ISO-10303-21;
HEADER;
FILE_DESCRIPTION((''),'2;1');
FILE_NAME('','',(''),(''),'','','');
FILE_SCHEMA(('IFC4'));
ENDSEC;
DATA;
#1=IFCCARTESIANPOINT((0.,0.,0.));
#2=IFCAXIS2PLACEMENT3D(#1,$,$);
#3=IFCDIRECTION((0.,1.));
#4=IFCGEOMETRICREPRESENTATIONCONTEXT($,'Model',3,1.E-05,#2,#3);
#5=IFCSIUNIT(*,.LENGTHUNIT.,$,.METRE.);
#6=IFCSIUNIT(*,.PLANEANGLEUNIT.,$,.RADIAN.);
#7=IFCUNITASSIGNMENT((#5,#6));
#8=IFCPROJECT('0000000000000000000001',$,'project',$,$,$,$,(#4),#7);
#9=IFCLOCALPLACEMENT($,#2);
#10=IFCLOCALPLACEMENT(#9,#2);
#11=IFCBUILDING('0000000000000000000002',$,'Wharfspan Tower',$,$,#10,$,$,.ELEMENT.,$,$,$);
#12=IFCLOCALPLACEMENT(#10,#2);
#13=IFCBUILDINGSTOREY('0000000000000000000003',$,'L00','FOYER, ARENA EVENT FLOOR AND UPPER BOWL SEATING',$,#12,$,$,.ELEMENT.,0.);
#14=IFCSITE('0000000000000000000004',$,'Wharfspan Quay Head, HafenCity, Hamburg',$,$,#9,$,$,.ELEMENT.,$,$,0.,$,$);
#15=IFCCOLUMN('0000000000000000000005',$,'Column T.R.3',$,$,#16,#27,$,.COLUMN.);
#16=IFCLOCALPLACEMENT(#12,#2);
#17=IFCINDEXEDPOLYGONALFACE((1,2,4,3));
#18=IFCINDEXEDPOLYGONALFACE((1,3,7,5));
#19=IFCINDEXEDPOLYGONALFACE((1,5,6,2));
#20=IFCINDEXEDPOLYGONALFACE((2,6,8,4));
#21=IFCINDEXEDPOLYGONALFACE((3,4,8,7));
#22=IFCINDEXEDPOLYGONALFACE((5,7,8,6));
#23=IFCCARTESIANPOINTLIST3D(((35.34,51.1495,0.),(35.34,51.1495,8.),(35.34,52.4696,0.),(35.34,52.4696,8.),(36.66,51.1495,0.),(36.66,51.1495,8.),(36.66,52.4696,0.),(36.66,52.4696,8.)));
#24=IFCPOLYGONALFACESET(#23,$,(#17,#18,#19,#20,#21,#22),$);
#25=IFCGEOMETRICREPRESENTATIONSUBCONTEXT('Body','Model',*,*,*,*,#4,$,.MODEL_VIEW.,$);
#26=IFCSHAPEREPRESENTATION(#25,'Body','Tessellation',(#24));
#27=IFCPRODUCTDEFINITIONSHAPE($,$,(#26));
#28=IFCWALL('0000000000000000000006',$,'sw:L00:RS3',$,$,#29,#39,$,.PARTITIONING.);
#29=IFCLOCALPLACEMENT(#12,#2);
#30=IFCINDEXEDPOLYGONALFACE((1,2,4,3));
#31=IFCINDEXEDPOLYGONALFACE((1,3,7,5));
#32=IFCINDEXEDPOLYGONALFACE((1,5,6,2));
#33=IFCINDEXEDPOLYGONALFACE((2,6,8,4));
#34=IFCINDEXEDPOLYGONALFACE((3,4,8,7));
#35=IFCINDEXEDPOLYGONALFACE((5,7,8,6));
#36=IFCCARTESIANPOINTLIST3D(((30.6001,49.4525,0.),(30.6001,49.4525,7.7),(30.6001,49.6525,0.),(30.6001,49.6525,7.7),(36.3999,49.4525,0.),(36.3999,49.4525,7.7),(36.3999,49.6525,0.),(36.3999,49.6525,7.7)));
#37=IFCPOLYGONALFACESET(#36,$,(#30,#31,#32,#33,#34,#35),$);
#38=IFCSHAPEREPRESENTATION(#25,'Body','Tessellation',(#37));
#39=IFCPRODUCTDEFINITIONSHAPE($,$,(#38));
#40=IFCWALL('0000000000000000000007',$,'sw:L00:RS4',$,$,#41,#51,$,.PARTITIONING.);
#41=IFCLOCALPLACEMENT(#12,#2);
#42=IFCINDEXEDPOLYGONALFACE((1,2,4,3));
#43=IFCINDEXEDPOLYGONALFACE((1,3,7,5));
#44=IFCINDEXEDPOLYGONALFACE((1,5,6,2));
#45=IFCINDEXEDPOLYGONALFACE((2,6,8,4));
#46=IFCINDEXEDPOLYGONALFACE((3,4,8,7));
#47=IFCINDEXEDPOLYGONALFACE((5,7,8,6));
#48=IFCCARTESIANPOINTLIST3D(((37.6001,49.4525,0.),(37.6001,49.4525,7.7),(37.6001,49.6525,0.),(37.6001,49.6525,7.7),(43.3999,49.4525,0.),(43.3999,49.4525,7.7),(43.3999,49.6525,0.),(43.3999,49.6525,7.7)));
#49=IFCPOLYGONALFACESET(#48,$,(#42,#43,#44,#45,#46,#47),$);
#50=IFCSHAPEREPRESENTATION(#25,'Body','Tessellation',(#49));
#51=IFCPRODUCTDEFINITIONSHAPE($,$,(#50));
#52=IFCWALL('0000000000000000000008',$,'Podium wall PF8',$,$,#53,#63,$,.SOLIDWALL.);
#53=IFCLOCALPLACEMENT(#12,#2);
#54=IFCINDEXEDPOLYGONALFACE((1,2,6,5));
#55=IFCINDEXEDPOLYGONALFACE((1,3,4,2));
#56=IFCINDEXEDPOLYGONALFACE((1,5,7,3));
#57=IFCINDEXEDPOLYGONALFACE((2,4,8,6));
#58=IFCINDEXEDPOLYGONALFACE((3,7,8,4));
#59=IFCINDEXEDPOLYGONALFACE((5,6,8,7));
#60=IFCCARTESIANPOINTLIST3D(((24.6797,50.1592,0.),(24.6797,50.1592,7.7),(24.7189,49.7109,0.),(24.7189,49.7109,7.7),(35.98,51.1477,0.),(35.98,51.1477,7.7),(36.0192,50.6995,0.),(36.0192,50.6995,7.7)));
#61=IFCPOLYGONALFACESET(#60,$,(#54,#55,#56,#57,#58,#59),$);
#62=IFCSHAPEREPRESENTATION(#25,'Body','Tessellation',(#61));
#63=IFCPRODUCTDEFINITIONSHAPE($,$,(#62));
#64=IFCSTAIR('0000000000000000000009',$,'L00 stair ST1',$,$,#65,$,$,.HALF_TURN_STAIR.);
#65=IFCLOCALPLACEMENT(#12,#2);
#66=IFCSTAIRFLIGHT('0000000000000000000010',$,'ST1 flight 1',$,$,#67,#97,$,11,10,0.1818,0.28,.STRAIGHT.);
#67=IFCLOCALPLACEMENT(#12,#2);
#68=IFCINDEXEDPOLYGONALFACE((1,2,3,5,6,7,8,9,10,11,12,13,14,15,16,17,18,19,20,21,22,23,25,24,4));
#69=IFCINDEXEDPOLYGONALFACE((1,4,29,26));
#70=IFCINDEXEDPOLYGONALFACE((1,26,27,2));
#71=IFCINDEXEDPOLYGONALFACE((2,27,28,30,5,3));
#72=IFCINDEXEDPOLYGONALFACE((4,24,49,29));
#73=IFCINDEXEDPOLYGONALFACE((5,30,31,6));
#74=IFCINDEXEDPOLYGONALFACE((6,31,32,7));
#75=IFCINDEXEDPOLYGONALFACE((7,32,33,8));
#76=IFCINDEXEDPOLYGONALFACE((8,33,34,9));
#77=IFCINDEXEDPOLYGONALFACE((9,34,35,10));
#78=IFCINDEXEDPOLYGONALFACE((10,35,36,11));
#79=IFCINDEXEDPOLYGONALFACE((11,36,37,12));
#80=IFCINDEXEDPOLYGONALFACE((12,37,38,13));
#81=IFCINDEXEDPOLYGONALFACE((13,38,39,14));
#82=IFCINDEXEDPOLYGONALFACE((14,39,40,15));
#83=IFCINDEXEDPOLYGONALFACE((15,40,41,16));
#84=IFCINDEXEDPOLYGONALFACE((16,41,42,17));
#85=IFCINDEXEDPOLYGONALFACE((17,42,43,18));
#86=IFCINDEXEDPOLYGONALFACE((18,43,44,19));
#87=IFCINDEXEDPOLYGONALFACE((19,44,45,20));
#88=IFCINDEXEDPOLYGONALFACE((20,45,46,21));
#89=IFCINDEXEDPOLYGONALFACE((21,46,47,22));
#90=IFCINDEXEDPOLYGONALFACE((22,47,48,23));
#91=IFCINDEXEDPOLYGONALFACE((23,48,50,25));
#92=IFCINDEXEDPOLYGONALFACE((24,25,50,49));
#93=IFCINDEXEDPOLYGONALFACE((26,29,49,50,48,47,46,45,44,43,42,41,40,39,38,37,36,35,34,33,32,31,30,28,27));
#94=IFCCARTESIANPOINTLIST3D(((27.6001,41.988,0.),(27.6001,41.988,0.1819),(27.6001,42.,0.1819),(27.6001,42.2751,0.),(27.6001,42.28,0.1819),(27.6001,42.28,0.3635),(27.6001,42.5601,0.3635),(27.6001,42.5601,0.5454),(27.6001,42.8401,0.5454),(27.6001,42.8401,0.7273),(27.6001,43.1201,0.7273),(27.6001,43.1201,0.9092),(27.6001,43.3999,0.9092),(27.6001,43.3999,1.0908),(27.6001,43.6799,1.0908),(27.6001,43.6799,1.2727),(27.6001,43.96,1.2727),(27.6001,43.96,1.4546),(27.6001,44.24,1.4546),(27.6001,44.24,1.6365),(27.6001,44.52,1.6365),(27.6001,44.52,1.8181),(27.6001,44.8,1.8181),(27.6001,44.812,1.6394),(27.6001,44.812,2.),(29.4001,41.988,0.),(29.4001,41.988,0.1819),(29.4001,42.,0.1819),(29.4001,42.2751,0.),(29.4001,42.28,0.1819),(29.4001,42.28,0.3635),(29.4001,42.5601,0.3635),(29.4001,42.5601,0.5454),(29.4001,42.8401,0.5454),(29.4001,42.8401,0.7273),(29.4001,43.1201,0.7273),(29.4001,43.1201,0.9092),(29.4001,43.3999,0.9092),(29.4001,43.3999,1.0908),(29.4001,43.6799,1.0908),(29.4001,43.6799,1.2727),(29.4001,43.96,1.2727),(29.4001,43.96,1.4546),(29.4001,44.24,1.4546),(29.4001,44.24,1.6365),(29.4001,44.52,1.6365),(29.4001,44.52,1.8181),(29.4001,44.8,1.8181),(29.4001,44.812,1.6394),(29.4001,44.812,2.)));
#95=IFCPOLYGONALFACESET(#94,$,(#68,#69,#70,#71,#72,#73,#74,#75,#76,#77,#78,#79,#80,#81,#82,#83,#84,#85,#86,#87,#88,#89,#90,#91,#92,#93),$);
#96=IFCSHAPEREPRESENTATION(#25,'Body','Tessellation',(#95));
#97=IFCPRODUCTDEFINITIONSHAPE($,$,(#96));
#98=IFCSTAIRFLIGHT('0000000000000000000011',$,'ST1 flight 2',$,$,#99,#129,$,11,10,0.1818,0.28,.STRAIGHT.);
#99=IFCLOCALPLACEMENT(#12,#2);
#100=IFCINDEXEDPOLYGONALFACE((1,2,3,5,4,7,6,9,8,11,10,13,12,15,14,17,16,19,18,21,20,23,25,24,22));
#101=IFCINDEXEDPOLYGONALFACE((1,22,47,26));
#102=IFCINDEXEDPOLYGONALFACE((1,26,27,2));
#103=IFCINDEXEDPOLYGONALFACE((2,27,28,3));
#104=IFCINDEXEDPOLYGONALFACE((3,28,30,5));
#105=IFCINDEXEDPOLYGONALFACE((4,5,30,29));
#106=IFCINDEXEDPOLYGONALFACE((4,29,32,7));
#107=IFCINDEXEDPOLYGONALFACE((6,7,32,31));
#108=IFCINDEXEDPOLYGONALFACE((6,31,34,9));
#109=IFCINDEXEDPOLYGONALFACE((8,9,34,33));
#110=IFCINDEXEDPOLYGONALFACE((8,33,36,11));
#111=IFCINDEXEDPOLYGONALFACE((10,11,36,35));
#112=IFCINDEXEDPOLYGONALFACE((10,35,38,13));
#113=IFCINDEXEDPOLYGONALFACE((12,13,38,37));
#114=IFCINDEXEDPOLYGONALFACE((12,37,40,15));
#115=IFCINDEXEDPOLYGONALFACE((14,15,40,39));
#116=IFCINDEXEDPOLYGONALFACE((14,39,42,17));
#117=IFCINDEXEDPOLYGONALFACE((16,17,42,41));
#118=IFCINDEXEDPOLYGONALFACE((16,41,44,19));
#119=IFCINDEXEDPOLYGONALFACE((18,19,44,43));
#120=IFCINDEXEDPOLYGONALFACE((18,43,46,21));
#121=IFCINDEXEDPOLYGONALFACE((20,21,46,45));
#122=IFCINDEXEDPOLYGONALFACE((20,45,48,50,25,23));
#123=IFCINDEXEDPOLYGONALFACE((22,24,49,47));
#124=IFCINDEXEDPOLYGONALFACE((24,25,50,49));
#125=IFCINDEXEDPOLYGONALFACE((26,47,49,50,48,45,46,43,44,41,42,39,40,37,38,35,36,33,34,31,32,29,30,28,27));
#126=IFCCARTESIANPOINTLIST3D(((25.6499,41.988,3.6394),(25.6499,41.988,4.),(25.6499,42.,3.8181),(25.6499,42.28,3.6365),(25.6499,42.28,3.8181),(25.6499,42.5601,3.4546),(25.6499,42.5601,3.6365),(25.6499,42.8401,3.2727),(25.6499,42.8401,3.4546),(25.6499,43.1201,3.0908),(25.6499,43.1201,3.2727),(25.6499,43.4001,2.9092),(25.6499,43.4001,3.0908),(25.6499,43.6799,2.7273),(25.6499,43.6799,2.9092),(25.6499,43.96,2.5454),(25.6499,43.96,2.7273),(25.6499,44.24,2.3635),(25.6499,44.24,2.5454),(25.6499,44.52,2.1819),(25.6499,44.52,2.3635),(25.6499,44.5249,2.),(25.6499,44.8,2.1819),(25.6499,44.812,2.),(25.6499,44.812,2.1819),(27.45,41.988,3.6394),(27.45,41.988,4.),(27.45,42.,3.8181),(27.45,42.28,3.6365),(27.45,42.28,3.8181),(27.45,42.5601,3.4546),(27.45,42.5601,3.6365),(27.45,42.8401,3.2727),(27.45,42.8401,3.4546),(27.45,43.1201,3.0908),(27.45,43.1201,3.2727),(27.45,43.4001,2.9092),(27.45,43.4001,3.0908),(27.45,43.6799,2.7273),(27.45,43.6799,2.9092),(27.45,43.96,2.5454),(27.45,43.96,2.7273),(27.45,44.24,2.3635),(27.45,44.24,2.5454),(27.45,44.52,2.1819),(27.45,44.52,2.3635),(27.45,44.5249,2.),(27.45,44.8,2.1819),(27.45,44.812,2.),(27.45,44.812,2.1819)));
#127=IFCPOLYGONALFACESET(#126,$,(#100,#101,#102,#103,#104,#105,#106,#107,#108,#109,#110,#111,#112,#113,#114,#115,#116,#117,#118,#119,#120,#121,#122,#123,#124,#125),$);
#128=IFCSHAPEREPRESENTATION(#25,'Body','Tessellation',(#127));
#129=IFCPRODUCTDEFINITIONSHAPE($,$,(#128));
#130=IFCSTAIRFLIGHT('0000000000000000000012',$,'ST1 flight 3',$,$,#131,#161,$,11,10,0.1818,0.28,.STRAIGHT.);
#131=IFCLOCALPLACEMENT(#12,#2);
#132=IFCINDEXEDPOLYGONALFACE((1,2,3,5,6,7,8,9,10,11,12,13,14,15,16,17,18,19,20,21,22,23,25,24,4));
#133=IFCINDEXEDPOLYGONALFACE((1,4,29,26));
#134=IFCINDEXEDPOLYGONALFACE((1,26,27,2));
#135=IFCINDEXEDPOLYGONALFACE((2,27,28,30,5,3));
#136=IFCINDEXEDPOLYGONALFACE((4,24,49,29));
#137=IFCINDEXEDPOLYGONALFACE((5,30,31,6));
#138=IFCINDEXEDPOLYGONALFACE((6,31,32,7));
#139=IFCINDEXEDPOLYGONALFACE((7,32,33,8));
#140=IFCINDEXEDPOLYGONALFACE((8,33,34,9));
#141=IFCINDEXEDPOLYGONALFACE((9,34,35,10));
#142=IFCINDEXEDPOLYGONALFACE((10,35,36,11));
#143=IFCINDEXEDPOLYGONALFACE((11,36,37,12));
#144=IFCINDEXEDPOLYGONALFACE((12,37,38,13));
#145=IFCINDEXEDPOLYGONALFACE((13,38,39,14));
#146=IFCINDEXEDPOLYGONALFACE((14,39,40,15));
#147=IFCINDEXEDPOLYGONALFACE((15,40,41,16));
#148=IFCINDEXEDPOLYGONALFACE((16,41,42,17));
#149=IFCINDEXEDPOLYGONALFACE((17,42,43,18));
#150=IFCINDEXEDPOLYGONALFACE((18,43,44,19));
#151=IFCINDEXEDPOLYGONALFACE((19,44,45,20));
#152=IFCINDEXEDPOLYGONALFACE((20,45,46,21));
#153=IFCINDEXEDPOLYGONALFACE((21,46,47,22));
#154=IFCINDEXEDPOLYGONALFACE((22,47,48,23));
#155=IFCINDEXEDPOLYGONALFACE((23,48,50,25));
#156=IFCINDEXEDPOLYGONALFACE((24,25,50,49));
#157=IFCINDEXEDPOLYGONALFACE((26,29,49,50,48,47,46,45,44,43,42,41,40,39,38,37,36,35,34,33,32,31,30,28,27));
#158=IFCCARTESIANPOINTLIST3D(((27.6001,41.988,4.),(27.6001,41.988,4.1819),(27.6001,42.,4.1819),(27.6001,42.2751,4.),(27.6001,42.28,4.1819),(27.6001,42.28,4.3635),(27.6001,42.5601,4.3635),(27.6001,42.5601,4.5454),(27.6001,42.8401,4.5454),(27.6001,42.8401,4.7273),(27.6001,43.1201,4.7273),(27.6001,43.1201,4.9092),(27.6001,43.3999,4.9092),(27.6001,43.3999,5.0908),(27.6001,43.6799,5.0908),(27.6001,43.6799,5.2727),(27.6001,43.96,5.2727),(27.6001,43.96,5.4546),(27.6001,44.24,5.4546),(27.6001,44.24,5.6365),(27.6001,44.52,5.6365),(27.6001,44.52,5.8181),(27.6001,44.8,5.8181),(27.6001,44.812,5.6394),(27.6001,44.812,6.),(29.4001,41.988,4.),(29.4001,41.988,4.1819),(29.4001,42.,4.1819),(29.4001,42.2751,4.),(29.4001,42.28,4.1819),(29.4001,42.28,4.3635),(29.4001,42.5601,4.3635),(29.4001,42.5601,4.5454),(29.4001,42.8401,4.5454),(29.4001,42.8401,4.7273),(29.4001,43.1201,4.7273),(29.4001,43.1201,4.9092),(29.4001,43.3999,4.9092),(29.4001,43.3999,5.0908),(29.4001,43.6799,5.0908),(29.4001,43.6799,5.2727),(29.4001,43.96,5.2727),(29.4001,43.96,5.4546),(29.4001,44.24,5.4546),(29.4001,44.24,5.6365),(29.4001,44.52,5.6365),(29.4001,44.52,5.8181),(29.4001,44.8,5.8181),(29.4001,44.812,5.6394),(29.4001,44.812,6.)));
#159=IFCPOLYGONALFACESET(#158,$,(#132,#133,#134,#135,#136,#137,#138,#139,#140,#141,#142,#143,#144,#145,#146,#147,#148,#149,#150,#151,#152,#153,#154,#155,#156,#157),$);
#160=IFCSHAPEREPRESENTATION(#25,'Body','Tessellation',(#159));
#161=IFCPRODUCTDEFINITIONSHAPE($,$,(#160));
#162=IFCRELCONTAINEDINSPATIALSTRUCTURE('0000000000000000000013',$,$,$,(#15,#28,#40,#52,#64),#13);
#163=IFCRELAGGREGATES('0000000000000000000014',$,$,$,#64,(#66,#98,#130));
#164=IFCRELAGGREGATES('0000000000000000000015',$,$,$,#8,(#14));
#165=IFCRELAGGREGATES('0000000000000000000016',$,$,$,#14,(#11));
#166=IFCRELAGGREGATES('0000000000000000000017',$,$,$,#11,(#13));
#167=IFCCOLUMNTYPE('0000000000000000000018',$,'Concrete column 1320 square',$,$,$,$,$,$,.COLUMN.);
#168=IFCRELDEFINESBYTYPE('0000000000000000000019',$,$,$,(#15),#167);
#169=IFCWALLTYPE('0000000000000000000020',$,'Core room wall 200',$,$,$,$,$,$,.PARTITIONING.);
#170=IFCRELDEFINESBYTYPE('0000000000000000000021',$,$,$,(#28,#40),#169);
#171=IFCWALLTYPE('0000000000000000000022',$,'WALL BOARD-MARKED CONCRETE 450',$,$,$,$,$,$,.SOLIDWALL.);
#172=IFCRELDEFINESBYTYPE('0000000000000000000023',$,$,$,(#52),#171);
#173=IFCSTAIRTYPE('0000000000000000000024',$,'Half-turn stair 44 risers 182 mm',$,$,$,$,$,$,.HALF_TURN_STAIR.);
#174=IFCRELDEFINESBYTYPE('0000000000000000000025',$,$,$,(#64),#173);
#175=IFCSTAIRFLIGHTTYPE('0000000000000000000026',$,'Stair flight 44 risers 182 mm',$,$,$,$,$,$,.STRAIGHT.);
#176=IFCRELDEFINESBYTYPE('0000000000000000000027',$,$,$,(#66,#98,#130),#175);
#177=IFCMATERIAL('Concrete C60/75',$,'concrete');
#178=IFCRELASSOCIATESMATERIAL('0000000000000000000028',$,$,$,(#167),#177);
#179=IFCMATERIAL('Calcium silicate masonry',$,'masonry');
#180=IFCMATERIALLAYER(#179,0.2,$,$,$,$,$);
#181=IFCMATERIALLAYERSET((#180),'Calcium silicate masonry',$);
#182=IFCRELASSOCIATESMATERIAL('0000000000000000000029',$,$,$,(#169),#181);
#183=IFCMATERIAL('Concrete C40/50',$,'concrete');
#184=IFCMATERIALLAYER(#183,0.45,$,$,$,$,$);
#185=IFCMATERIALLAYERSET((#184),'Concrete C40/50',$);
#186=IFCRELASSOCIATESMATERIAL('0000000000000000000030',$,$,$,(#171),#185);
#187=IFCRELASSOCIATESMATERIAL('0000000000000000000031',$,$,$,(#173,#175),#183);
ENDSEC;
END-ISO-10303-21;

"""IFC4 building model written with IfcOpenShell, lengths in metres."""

from ifc_helpers import new_model, si_unit, direction, frame, frame_2d, origin, origin_2d, place, context, subcontext, project, spatial, polyline, rectangle, outline, extrude, material, layer, layer_set, material_profile, profile_set, type_object, element, aggregate, save


model = new_model("IFC4")

# Units and contexts
model_context = context("Model", 3, precision=1e-05, world=origin(), true_north=direction((0.0, 1.0)))
body_context = subcontext(model_context, "Body", "Model", "MODEL_VIEW")
ifc_project = project(units=[si_unit("LENGTHUNIT", "METRE"), si_unit("PLANEANGLEUNIT", "RADIAN")], contexts=[model_context])

# Site, building, storey
site_placement = place(None, origin())
site = spatial("IfcSite", under=ifc_project, at=site_placement, Name="Wharfspan Quay Head, HafenCity, Hamburg", CompositionType="ELEMENT", RefElevation=0.0)
building_placement = place(site_placement, origin())
building = spatial("IfcBuilding", under=site, at=building_placement, Name="Wharfspan Tower", CompositionType="ELEMENT")
storey_placement = place(building_placement, origin())
storey = spatial("IfcBuildingStorey", under=building, at=storey_placement, Name="L00", Description="FOYER, ARENA EVENT FLOOR AND UPPER BOWL SEATING", CompositionType="ELEMENT", Elevation=0.0)

# Column
ifc_material_1 = material(Name="Concrete C60/75", Category="concrete")
ifc_material_profile = material_profile(ifc_material_1, rectangle(XDim=1.3201, YDim=1.3201, at=origin_2d()))
ifc_profile_set = profile_set([ifc_material_profile], Name="Concrete C60/75")
column_type = type_object("IfcColumnType", Name="Concrete column 1320 square", PredefinedType="COLUMN", material=ifc_profile_set)
column_placement = place(storey_placement, frame((36.0, 51.8096, 0.0), z_axis=(0.0, 0.0, 1.0), x_axis=(1.0, 0.0, 0.0)))
element("IfcColumn", 1, at=column_placement, inside=storey, type_object=column_type, Name="Column T.R.3", PredefinedType="COLUMN", context=body_context, shape_type="SweptSolid", body=[
    extrude(rectangle(XDim=1.3201, YDim=1.3201, at=origin_2d()), origin(), (0.0, 0.0, 1.0), 8.0),
])

# Walls
ifc_material_2 = material(Name="Calcium silicate masonry", Category="masonry")
ifc_layer_1 = layer(ifc_material_2, 0.2)
ifc_layer_set_1 = layer_set([ifc_layer_1], Name="Calcium silicate masonry")
wall_type_1 = type_object("IfcWallType", Name="Core room wall 200", PredefinedType="PARTITIONING", material=ifc_layer_set_1)
for number, where, z_axis, x_axis, name in (
    (2, (30.6001, 49.5525, 0.0), (0.0, 0.0, 1.0), (1.0, 0.0, 0.0), "sw:L00:RS3"),
    (3, (37.6001, 49.5525, 0.0), (0.0, 0.0, 1.0), (1.0, 0.0, 0.0), "sw:L00:RS4"),
):
    element("IfcWall", number, at=place(storey_placement, frame(where, z_axis=z_axis, x_axis=x_axis)), inside=storey, type_object=wall_type_1, Name=name, PredefinedType="PARTITIONING", context=body_context, shape_type="SweptSolid", body=[
        extrude(rectangle(XDim=5.7998, YDim=0.2, at=frame_2d((2.8999, 0.0))), origin(), (0.0, 0.0, 1.0), 7.7),
    ])
ifc_material_3 = material(Name="Concrete C40/50", Category="concrete")
ifc_layer_2 = layer(ifc_material_3, 0.45)
ifc_layer_set_2 = layer_set([ifc_layer_2], Name="Concrete C40/50")
wall_type_2 = type_object("IfcWallType", Name="WALL BOARD-MARKED CONCRETE 450", PredefinedType="SOLIDWALL", material=ifc_layer_set_2)
wall_placement = place(storey_placement, frame((35.9998, 50.9236, 0.0), z_axis=(0.0, 0.0, 1.0), x_axis=(-0.996195, -0.087145, 0.0)))
element("IfcWall", 4, at=wall_placement, inside=storey, type_object=wall_type_2, Name="Podium wall PF8", PredefinedType="SOLIDWALL", context=body_context, shape_type="SweptSolid", body=[
    extrude(rectangle(XDim=11.3435, YDim=0.45, at=frame_2d((5.6719, 0.0))), origin(), (0.0, 0.0, 1.0), 7.7),
])

# Stair, stair flights
stair_type = type_object("IfcStairType", Name="Half-turn stair 44 risers 182 mm", PredefinedType="HALF_TURN_STAIR", material=ifc_material_3)
stair_placement = place(storey_placement, origin())
stair = element("IfcStair", 5, at=stair_placement, inside=storey, type_object=stair_type, Name="L00 stair ST1", PredefinedType="HALF_TURN_STAIR")
stair_flight_type = type_object("IfcStairFlightType", Name="Stair flight 44 risers 182 mm", PredefinedType="STRAIGHT", material=ifc_material_3)
stair_flight_1_placement = place(storey_placement, frame((28.5, 42.0, 0.0), z_axis=(0.0, 0.0, 1.0), x_axis=(0.0, 1.0, 0.0)))
stair_flight_1 = element("IfcStairFlight", 6, at=stair_flight_1_placement, type_object=stair_flight_type, Name="ST1 flight 1", NumberOfRisers=11, NumberOfTreads=10, PredefinedType="STRAIGHT", RiserHeight=0.1818, TreadLength=0.28, context=body_context, shape_type="SweptSolid", body=[
    extrude(outline(polyline([(-0.012, 0.0), (-0.012, 0.1819), (0.0, 0.1819), (0.28, 0.1819), (0.28, 0.3635), (0.5601, 0.3635), (0.5601, 0.5454), (0.8401, 0.5454), (0.8401, 0.7273), (1.1201, 0.7273), (1.1201, 0.9092), (1.3999, 0.9092), (1.3999, 1.0908), (1.6799, 1.0908), (1.6799, 1.2727), (1.96, 1.2727), (1.96, 1.4546), (2.24, 1.4546), (2.24, 1.6365), (2.52, 1.6365), (2.52, 1.8181), (2.8, 1.8181), (2.812, 2.0), (2.812, 1.6394), (0.2751, 0.0), (-0.012, 0.0)])), frame((0.0, 0.8999, 0.0), z_axis=(0.0, -1.0, 0.0), x_axis=(1.0, 0.0, 0.0)), (0.0, 0.0, 1.0), 1.8),
])
stair_flight_2_placement = place(storey_placement, frame((26.55, 44.8, 2.0), z_axis=(0.0, 0.0, 1.0), x_axis=(0.0, -1.0, 0.0)))
stair_flight_2 = element("IfcStairFlight", 7, at=stair_flight_2_placement, type_object=stair_flight_type, Name="ST1 flight 2", NumberOfRisers=11, NumberOfTreads=10, PredefinedType="STRAIGHT", RiserHeight=0.1818, TreadLength=0.28, context=body_context, shape_type="SweptSolid", body=[
    extrude(outline(polyline([(-0.012, 0.0), (-0.012, 0.1819), (0.0, 0.1819), (0.28, 0.1819), (0.28, 0.3635), (0.5601, 0.3635), (0.5601, 0.5454), (0.8401, 0.5454), (0.8401, 0.7273), (1.1201, 0.7273), (1.1201, 0.9092), (1.3999, 0.9092), (1.3999, 1.0908), (1.6799, 1.0908), (1.6799, 1.2727), (1.96, 1.2727), (1.96, 1.4546), (2.24, 1.4546), (2.24, 1.6365), (2.52, 1.6365), (2.52, 1.8181), (2.8, 1.8181), (2.812, 2.0), (2.812, 1.6394), (0.2751, 0.0), (-0.012, 0.0)])), frame((0.0, 0.8999, 0.0), z_axis=(0.0, -1.0, 0.0), x_axis=(1.0, 0.0, 0.0)), (0.0, 0.0, 1.0), 1.8),
])
stair_flight_3_placement = place(storey_placement, frame((28.5, 42.0, 4.0), z_axis=(0.0, 0.0, 1.0), x_axis=(0.0, 1.0, 0.0)))
stair_flight_3 = element("IfcStairFlight", 8, at=stair_flight_3_placement, type_object=stair_flight_type, Name="ST1 flight 3", NumberOfRisers=11, NumberOfTreads=10, PredefinedType="STRAIGHT", RiserHeight=0.1818, TreadLength=0.28, context=body_context, shape_type="SweptSolid", body=[
    extrude(outline(polyline([(-0.012, 0.0), (-0.012, 0.1819), (0.0, 0.1819), (0.28, 0.1819), (0.28, 0.3635), (0.5601, 0.3635), (0.5601, 0.5454), (0.8401, 0.5454), (0.8401, 0.7273), (1.1201, 0.7273), (1.1201, 0.9092), (1.3999, 0.9092), (1.3999, 1.0908), (1.6799, 1.0908), (1.6799, 1.2727), (1.96, 1.2727), (1.96, 1.4546), (2.24, 1.4546), (2.24, 1.6365), (2.52, 1.6365), (2.52, 1.8181), (2.8, 1.8181), (2.812, 2.0), (2.812, 1.6394), (0.2751, 0.0), (-0.012, 0.0)])), frame((0.0, 0.8999, 0.0), z_axis=(0.0, -1.0, 0.0), x_axis=(1.0, 0.0, 0.0)), (0.0, 0.0, 1.0), 1.8),
])
aggregate(stair, [stair_flight_1, stair_flight_2, stair_flight_3])

save(model, "model.ifc")
